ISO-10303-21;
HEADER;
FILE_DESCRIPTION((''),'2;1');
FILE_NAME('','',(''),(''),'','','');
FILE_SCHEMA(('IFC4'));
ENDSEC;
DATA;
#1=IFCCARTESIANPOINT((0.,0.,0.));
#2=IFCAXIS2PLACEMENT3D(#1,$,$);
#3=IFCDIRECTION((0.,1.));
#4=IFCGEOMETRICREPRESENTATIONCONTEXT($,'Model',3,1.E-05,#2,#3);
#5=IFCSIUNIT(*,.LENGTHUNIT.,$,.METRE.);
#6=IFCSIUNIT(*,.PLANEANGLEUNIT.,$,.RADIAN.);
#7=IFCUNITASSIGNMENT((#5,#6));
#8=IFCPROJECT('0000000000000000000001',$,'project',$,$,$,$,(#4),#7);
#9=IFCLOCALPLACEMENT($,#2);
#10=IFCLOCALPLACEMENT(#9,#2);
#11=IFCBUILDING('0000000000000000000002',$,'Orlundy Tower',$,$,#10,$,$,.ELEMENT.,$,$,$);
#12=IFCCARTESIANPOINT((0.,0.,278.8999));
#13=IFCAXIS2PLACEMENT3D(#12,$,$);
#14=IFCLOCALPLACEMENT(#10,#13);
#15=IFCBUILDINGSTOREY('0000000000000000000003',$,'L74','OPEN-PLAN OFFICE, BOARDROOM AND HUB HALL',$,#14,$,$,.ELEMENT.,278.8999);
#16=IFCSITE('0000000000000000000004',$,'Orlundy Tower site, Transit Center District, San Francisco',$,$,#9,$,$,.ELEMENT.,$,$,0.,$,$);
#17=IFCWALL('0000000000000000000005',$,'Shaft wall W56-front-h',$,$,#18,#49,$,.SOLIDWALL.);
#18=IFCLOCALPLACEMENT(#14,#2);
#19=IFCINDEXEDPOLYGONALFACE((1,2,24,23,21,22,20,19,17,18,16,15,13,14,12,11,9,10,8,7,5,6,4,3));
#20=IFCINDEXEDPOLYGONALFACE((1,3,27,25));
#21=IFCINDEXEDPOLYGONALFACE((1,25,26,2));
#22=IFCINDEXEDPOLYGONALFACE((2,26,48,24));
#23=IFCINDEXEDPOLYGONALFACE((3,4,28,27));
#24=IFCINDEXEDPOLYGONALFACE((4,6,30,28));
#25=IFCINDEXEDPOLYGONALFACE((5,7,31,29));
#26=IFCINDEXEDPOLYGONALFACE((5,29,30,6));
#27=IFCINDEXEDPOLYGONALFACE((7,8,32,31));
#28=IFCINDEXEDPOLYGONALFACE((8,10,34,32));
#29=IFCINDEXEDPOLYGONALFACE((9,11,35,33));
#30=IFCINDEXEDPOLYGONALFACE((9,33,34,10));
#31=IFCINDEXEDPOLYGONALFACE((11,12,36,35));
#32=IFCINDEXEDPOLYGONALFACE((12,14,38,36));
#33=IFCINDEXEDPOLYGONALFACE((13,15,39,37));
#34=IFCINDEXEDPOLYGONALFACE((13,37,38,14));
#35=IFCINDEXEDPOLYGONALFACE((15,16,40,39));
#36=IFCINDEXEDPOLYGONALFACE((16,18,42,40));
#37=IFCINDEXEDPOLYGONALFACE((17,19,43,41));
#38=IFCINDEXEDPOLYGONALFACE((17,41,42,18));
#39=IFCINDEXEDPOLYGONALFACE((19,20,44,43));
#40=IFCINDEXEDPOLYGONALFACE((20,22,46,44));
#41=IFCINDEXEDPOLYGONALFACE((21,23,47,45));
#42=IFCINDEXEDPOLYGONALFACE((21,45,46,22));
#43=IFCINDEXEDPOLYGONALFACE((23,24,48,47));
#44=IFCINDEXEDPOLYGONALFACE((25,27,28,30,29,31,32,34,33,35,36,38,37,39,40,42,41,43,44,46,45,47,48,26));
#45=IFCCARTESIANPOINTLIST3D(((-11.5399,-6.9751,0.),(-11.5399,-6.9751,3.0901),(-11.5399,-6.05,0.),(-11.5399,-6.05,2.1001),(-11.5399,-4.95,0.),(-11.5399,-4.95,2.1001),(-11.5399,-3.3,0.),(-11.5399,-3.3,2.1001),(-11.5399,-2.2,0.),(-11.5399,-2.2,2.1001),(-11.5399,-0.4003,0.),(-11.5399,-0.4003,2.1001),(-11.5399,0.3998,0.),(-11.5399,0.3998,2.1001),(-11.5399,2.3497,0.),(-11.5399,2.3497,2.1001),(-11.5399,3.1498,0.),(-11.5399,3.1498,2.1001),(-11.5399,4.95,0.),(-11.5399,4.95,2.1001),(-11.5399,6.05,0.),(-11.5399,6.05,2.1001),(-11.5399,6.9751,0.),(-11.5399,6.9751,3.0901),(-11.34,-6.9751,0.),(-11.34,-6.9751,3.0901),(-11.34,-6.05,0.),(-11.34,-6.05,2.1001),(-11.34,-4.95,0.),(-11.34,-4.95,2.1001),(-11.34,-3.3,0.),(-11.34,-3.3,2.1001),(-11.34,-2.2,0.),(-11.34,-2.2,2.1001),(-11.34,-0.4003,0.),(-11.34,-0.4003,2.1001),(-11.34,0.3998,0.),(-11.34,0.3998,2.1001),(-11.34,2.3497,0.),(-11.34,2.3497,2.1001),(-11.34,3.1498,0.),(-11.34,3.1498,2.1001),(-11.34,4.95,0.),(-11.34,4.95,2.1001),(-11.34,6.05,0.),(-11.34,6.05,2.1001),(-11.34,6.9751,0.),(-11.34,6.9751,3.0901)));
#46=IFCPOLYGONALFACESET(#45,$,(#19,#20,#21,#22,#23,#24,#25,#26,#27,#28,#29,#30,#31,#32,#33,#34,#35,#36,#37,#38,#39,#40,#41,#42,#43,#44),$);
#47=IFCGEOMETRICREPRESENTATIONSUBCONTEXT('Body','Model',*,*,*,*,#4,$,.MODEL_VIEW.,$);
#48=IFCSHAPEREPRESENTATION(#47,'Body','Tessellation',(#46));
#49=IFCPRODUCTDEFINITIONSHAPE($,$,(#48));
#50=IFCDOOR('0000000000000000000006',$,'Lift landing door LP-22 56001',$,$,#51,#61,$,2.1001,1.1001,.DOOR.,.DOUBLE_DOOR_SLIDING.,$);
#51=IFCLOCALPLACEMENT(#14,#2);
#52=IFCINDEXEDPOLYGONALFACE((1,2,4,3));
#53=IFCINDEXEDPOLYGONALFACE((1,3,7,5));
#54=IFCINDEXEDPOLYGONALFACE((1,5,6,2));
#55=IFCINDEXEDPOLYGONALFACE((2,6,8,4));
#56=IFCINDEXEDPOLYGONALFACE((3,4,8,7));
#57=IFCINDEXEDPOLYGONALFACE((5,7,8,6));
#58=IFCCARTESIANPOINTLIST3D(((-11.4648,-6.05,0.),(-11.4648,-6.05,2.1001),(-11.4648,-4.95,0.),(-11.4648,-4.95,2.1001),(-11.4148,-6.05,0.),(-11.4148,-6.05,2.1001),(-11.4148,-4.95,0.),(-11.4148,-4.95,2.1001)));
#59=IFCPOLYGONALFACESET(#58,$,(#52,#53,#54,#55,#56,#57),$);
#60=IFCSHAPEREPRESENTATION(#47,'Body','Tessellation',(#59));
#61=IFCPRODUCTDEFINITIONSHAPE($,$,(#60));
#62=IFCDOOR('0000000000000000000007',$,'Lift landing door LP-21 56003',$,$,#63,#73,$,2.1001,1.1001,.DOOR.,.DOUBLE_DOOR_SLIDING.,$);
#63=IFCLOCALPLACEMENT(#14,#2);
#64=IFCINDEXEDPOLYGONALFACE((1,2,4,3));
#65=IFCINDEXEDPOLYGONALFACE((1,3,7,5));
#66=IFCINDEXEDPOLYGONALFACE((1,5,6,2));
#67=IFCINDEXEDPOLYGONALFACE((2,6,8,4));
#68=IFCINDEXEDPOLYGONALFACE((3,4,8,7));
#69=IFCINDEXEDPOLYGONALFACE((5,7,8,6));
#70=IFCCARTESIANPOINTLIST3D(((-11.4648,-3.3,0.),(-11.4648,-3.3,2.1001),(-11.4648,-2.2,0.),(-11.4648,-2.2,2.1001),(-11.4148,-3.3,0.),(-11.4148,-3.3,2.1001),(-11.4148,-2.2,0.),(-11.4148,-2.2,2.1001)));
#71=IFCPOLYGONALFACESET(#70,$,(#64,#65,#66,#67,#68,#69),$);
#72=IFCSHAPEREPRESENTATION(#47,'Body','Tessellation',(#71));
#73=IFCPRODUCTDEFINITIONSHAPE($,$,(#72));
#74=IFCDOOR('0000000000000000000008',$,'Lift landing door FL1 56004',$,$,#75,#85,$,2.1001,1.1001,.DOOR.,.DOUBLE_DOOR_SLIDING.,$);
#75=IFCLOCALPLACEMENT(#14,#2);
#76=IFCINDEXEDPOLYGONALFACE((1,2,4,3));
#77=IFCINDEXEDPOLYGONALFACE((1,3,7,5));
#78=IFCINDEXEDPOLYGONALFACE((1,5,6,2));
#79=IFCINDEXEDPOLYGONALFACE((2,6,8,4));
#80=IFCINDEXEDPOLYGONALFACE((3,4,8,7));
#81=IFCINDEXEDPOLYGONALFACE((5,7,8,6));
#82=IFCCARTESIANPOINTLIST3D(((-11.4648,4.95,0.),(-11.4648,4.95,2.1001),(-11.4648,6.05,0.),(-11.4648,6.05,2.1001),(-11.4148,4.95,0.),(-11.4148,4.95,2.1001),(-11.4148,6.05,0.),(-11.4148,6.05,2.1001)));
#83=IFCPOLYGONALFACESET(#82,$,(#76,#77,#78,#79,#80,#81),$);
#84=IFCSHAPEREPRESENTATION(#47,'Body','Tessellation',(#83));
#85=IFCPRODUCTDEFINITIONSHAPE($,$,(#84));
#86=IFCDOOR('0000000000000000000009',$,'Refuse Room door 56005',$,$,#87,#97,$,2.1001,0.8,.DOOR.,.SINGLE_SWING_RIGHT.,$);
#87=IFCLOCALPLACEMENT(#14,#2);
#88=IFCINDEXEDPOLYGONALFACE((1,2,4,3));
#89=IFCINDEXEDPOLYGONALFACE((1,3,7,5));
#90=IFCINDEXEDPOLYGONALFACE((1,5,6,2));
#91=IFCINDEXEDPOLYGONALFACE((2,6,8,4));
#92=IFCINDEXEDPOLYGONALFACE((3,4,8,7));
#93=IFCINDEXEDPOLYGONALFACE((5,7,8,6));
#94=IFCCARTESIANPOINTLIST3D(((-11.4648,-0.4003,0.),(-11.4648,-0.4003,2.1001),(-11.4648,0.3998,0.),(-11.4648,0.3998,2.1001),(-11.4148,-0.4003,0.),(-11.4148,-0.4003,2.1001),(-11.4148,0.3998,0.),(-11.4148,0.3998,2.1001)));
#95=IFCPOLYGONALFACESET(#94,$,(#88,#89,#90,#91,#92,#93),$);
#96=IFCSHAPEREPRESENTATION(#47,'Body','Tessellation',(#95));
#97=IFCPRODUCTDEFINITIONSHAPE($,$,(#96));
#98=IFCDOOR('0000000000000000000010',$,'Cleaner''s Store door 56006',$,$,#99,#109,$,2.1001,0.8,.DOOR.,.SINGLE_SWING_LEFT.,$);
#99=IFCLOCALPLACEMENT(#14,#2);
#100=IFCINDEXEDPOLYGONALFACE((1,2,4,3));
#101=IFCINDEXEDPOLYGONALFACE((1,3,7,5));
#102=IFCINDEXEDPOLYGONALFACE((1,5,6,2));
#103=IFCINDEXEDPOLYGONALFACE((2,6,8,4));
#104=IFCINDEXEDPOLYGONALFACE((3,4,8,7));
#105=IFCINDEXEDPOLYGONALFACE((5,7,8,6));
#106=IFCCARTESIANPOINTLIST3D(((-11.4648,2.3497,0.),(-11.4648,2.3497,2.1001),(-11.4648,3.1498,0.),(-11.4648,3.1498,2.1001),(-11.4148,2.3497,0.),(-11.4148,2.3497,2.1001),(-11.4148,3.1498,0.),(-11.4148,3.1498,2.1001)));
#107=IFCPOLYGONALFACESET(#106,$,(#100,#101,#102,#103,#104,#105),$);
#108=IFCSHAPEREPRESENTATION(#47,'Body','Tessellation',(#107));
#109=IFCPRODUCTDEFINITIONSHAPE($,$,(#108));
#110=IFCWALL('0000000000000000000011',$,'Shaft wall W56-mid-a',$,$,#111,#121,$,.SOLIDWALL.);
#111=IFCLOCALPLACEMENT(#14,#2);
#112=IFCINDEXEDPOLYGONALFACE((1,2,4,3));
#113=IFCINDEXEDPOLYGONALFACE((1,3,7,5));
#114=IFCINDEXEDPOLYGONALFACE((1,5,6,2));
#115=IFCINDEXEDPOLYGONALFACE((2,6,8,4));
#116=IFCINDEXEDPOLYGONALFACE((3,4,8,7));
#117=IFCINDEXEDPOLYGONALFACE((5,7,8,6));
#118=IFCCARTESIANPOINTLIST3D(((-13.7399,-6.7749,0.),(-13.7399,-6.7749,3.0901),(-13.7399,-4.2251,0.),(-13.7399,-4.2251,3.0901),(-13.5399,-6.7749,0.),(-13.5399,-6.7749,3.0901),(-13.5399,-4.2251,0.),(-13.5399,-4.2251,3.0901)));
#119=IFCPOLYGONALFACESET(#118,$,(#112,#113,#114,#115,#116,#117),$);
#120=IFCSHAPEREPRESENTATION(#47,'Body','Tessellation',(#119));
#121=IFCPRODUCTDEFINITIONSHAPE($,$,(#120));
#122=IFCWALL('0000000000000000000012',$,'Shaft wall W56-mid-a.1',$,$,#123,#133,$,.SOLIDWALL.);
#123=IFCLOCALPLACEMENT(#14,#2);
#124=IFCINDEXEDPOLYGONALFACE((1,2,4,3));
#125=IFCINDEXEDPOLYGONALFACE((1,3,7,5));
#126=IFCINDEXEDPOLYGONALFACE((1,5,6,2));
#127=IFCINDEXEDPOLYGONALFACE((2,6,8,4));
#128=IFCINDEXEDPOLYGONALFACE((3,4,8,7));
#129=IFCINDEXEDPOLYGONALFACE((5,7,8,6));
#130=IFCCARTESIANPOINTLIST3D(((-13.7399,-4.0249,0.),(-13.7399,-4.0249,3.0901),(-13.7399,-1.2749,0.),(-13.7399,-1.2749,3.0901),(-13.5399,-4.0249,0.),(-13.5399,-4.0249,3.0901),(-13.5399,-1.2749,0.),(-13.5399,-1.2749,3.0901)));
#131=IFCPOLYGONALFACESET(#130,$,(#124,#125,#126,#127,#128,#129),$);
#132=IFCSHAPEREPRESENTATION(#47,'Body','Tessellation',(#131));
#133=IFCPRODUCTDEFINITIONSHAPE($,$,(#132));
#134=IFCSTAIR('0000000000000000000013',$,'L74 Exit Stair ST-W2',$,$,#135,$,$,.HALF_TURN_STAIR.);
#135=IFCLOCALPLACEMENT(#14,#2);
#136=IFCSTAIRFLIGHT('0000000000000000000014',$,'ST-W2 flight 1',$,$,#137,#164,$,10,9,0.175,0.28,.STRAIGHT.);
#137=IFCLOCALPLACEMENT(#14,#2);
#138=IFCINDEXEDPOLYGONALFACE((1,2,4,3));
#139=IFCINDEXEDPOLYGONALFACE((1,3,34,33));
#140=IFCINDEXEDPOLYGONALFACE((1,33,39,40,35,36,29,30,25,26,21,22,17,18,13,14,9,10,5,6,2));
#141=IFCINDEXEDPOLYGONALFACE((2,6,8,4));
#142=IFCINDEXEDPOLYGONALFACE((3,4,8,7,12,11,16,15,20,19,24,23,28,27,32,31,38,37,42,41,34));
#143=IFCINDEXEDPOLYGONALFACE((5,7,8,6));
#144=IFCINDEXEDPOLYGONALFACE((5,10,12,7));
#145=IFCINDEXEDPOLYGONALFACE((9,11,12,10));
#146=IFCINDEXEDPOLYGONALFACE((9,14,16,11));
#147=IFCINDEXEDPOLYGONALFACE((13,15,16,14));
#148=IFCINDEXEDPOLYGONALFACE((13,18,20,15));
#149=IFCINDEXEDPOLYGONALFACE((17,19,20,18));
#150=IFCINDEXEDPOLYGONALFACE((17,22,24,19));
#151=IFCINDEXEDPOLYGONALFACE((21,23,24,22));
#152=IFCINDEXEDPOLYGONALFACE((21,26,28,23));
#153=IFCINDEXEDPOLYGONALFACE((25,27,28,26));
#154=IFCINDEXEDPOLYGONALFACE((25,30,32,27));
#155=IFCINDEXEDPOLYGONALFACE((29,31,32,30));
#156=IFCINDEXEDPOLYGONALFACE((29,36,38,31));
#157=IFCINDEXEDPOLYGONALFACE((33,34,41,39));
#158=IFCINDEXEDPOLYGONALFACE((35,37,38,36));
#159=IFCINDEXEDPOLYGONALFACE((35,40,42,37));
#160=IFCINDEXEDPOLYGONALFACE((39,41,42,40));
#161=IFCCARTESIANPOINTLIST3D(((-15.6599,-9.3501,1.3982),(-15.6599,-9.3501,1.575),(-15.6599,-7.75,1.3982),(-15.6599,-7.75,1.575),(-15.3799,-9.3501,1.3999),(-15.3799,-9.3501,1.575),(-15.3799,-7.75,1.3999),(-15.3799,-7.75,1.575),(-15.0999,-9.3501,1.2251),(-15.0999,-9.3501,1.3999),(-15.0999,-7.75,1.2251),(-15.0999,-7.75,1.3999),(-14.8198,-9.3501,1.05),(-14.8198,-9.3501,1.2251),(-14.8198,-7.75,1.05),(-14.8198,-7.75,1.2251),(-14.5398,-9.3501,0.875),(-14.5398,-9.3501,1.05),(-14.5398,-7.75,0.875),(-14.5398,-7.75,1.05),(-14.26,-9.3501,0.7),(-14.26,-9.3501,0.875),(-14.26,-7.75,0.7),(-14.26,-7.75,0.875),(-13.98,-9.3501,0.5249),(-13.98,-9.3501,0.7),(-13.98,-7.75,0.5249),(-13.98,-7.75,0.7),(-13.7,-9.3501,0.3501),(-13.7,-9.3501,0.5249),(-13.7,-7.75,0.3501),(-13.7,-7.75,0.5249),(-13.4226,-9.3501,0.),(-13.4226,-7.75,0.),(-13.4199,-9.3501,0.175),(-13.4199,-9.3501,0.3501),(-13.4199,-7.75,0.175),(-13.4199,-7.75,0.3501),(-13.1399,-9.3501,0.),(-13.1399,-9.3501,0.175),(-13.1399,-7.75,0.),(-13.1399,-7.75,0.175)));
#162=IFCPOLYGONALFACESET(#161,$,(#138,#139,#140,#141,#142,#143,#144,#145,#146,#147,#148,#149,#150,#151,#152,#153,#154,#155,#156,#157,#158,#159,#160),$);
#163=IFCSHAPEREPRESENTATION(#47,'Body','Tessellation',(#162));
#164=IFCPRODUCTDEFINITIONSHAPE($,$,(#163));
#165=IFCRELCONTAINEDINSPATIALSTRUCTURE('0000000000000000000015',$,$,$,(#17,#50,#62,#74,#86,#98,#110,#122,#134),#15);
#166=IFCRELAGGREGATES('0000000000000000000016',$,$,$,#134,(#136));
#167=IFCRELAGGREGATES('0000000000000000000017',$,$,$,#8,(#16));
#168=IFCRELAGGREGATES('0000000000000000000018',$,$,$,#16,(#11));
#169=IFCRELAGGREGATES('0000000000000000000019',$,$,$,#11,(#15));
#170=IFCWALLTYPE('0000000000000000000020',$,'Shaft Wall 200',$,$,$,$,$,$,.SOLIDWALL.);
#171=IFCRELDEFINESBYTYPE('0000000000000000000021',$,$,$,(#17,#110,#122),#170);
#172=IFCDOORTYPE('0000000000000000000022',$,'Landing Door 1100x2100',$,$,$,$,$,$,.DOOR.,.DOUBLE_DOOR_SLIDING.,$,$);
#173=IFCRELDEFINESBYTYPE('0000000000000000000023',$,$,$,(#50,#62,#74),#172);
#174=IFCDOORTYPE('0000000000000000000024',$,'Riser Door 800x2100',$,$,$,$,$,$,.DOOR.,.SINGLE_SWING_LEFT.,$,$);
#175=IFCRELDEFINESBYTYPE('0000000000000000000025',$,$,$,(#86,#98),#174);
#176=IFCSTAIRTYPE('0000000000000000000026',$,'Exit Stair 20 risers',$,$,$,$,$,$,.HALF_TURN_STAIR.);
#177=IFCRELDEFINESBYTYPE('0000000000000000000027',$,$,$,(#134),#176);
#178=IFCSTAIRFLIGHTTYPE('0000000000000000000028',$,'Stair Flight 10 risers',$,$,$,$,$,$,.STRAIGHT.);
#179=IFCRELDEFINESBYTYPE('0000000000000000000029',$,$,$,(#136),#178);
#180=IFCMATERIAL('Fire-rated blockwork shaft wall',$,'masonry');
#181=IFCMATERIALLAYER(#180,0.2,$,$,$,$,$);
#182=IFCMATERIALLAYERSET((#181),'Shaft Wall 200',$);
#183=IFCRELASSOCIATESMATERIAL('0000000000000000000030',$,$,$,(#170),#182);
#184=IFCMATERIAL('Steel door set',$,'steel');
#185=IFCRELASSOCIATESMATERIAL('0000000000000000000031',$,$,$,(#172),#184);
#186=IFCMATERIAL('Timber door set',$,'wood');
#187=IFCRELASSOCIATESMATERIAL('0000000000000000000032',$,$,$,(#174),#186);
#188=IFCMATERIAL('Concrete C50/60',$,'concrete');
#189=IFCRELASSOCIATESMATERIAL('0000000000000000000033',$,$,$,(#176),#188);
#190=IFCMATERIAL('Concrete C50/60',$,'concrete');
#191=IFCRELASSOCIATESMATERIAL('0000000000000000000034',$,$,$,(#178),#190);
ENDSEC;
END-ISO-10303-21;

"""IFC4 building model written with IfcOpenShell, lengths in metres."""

from ifc_helpers import new_model, si_unit, direction, frame, frame_2d, origin, place, context, subcontext, project, spatial, polyline, rectangle, outline, extrude, material, layer, layer_set, type_object, element, fill, aggregate, save


model = new_model("IFC4")

# Units and contexts
model_context = context("Model", 3, precision=1e-05, world=origin(), true_north=direction((0.0, 1.0)))
body_context = subcontext(model_context, "Body", "Model", "MODEL_VIEW")
ifc_project = project(units=[si_unit("LENGTHUNIT", "METRE"), si_unit("PLANEANGLEUNIT", "RADIAN")], contexts=[model_context])

# Site, building, storey
site_placement = place(None, origin())
site = spatial("IfcSite", under=ifc_project, at=site_placement, Name="Orlundy Tower site, Transit Center District, San Francisco", CompositionType="ELEMENT", RefElevation=0.0)
building_placement = place(site_placement, origin())
building = spatial("IfcBuilding", under=site, at=building_placement, Name="Orlundy Tower", CompositionType="ELEMENT")
storey_placement = place(building_placement, frame((0.0, 0.0, 278.8999)))
storey = spatial("IfcBuildingStorey", under=building, at=storey_placement, Name="L74", Description="OPEN-PLAN OFFICE, BOARDROOM AND HUB HALL", CompositionType="ELEMENT", Elevation=278.8999)

# Shared definitions
ifc_material_1 = material(Name="Fire-rated blockwork shaft wall", Category="masonry")
ifc_layer_1 = layer(ifc_material_1, 0.2)
ifc_layer_set_1 = layer_set([ifc_layer_1], Name="Shaft Wall 200")
wall_type_1 = type_object("IfcWallType", Name="Shaft Wall 200", PredefinedType="SOLIDWALL", material=ifc_layer_set_1)

# Wall, openings, doors
wall_1_placement = place(storey_placement, frame((-11.4399, -6.9751, 0.0), z_axis=(0.0, 0.0, 1.0), x_axis=(0.0, 1.0, 0.0)))
wall_1 = element("IfcWall", 1, at=wall_1_placement, inside=storey, type_object=wall_type_1, Name="Shaft wall W56-front-h", PredefinedType="SOLIDWALL", context=body_context, shape_type="SweptSolid", body=[
    extrude(rectangle(XDim=13.9502, YDim=0.2, at=frame_2d((6.9751, 0.0))), origin(), (0.0, 0.0, 1.0), 3.0901),
])
opening_1_placement = place(wall_1_placement, frame((0.925, 0.0, 0.0)))
opening_1 = element("IfcOpeningElement", 2, at=opening_1_placement, cuts=wall_1, PredefinedType="OPENING", context=body_context, shape_type="SweptSolid", body=[
    extrude(rectangle(XDim=1.1001, YDim=2.1001, at=frame_2d((0.55, 1.05))), frame((0.0, 0.1101, 0.0), z_axis=(0.0, -1.0, 0.0), x_axis=(1.0, 0.0, 0.0)), (0.0, 0.0, 1.0), 0.2202),
])
opening_2_placement = place(wall_1_placement, frame((3.675, 0.0, 0.0)))
opening_2 = element("IfcOpeningElement", 3, at=opening_2_placement, cuts=wall_1, PredefinedType="OPENING", context=body_context, shape_type="SweptSolid", body=[
    extrude(rectangle(XDim=1.1001, YDim=2.1001, at=frame_2d((0.55, 1.05))), frame((0.0, 0.1101, 0.0), z_axis=(0.0, -1.0, 0.0), x_axis=(1.0, 0.0, 0.0)), (0.0, 0.0, 1.0), 0.2202),
])
opening_3_placement = place(wall_1_placement, frame((11.925, 0.0, 0.0)))
opening_3 = element("IfcOpeningElement", 4, at=opening_3_placement, cuts=wall_1, PredefinedType="OPENING", context=body_context, shape_type="SweptSolid", body=[
    extrude(rectangle(XDim=1.1001, YDim=2.1001, at=frame_2d((0.55, 1.05))), frame((0.0, 0.1101, 0.0), z_axis=(0.0, -1.0, 0.0), x_axis=(1.0, 0.0, 0.0)), (0.0, 0.0, 1.0), 0.2202),
])
opening_4_placement = place(wall_1_placement, frame((6.575, 0.0, 0.0)))
opening_4 = element("IfcOpeningElement", 5, at=opening_4_placement, cuts=wall_1, PredefinedType="OPENING", context=body_context, shape_type="SweptSolid", body=[
    extrude(rectangle(XDim=0.8, YDim=2.1001, at=frame_2d((0.3999, 1.05))), frame((0.0, 0.1101, 0.0), z_axis=(0.0, -1.0, 0.0), x_axis=(1.0, 0.0, 0.0)), (0.0, 0.0, 1.0), 0.2202),
])
opening_5_placement = place(wall_1_placement, frame((9.325, 0.0, 0.0)))
opening_5 = element("IfcOpeningElement", 6, at=opening_5_placement, cuts=wall_1, PredefinedType="OPENING", context=body_context, shape_type="SweptSolid", body=[
    extrude(rectangle(XDim=0.8, YDim=2.1001, at=frame_2d((0.3999, 1.05))), frame((0.0, 0.1101, 0.0), z_axis=(0.0, -1.0, 0.0), x_axis=(1.0, 0.0, 0.0)), (0.0, 0.0, 1.0), 0.2202),
])
ifc_material_2 = material(Name="Steel door set", Category="steel")
door_type_1 = type_object("IfcDoorType", Name="Landing Door 1100x2100", OperationType="DOUBLE_DOOR_SLIDING", PredefinedType="DOOR", material=ifc_material_2)
door_1_placement = place(opening_1_placement, origin())
door_1 = element("IfcDoor", 7, at=door_1_placement, inside=storey, type_object=door_type_1, Name="Lift landing door LP-22 56001", OperationType="DOUBLE_DOOR_SLIDING", OverallHeight=2.1001, OverallWidth=1.1001, PredefinedType="DOOR", context=body_context, shape_type="SweptSolid", body=[
    extrude(rectangle(XDim=1.1001, YDim=2.1001, at=frame_2d((0.55, 1.05))), frame((0.0, 0.0249, 0.0), z_axis=(0.0, -1.0, 0.0), x_axis=(1.0, 0.0, 0.0)), (0.0, 0.0, 1.0), 0.05),
])
fill(opening_1, door_1)
door_2_placement = place(opening_2_placement, origin())
door_2 = element("IfcDoor", 8, at=door_2_placement, inside=storey, type_object=door_type_1, Name="Lift landing door LP-21 56003", OperationType="DOUBLE_DOOR_SLIDING", OverallHeight=2.1001, OverallWidth=1.1001, PredefinedType="DOOR", context=body_context, shape_type="SweptSolid", body=[
    extrude(rectangle(XDim=1.1001, YDim=2.1001, at=frame_2d((0.55, 1.05))), frame((0.0, 0.0249, 0.0), z_axis=(0.0, -1.0, 0.0), x_axis=(1.0, 0.0, 0.0)), (0.0, 0.0, 1.0), 0.05),
])
fill(opening_2, door_2)
door_3_placement = place(opening_3_placement, origin())
door_3 = element("IfcDoor", 9, at=door_3_placement, inside=storey, type_object=door_type_1, Name="Lift landing door FL1 56004", OperationType="DOUBLE_DOOR_SLIDING", OverallHeight=2.1001, OverallWidth=1.1001, PredefinedType="DOOR", context=body_context, shape_type="SweptSolid", body=[
    extrude(rectangle(XDim=1.1001, YDim=2.1001, at=frame_2d((0.55, 1.05))), frame((0.0, 0.0249, 0.0), z_axis=(0.0, -1.0, 0.0), x_axis=(1.0, 0.0, 0.0)), (0.0, 0.0, 1.0), 0.05),
])
fill(opening_3, door_3)
ifc_material_3 = material(Name="Timber door set", Category="wood")
door_type_2 = type_object("IfcDoorType", Name="Riser Door 800x2100", OperationType="SINGLE_SWING_LEFT", PredefinedType="DOOR", material=ifc_material_3)
door_4_placement = place(opening_4_placement, origin())
door_4 = element("IfcDoor", 10, at=door_4_placement, inside=storey, type_object=door_type_2, Name="Refuse Room door 56005", OperationType="SINGLE_SWING_RIGHT", OverallHeight=2.1001, OverallWidth=0.8, PredefinedType="DOOR", context=body_context, shape_type="SweptSolid", body=[
    extrude(rectangle(XDim=0.8, YDim=2.1001, at=frame_2d((0.3999, 1.05))), frame((0.0, 0.0249, 0.0), z_axis=(0.0, -1.0, 0.0), x_axis=(1.0, 0.0, 0.0)), (0.0, 0.0, 1.0), 0.05),
])
fill(opening_4, door_4)
door_5_placement = place(opening_5_placement, origin())
door_5 = element("IfcDoor", 11, at=door_5_placement, inside=storey, type_object=door_type_2, Name="Cleaner's Store door 56006", OperationType="SINGLE_SWING_LEFT", OverallHeight=2.1001, OverallWidth=0.8, PredefinedType="DOOR", context=body_context, shape_type="SweptSolid", body=[
    extrude(rectangle(XDim=0.8, YDim=2.1001, at=frame_2d((0.3999, 1.05))), frame((0.0, 0.0249, 0.0), z_axis=(0.0, -1.0, 0.0), x_axis=(1.0, 0.0, 0.0)), (0.0, 0.0, 1.0), 0.05),
])
fill(opening_5, door_5)

# Walls
wall_2_placement = place(storey_placement, frame((-13.6399, -6.7749, 0.0), z_axis=(0.0, 0.0, 1.0), x_axis=(0.0, 1.0, 0.0)))
element("IfcWall", 12, at=wall_2_placement, inside=storey, type_object=wall_type_1, Name="Shaft wall W56-mid-a", PredefinedType="SOLIDWALL", context=body_context, shape_type="SweptSolid", body=[
    extrude(rectangle(XDim=2.5498, YDim=0.2, at=frame_2d((1.2749, 0.0))), origin(), (0.0, 0.0, 1.0), 3.0901),
])
wall_3_placement = place(storey_placement, frame((-13.6399, -4.0249, 0.0), z_axis=(0.0, 0.0, 1.0), x_axis=(0.0, 1.0, 0.0)))
element("IfcWall", 13, at=wall_3_placement, inside=storey, type_object=wall_type_1, Name="Shaft wall W56-mid-a.1", PredefinedType="SOLIDWALL", context=body_context, shape_type="SweptSolid", body=[
    extrude(rectangle(XDim=2.75, YDim=0.2, at=frame_2d((1.375, 0.0))), origin(), (0.0, 0.0, 1.0), 3.0901),
])

# Stair, stair flight
ifc_material_4 = material(Name="Concrete C50/60", Category="concrete")
stair_type = type_object("IfcStairType", Name="Exit Stair 20 risers", PredefinedType="HALF_TURN_STAIR", material=ifc_material_4)
stair_placement = place(storey_placement, origin())
stair = element("IfcStair", 14, at=stair_placement, inside=storey, type_object=stair_type, Name="L74 Exit Stair ST-W2", PredefinedType="HALF_TURN_STAIR")
ifc_material_5 = material(Name="Concrete C50/60", Category="concrete")
stair_flight_type = type_object("IfcStairFlightType", Name="Stair Flight 10 risers", PredefinedType="STRAIGHT", material=ifc_material_5)
stair_flight_placement = place(storey_placement, frame((-13.1399, -8.55, 0.0), z_axis=(0.0, 0.0, 1.0), x_axis=(-1.0, 0.0, 0.0)))
stair_flight = element("IfcStairFlight", 15, at=stair_flight_placement, type_object=stair_flight_type, Name="ST-W2 flight 1", NumberOfRisers=10, NumberOfTreads=9, PredefinedType="STRAIGHT", RiserHeight=0.175, TreadLength=0.28, context=body_context, shape_type="SweptSolid", body=[
    extrude(outline(polyline([(0.0, 0.0), (0.0, 0.175), (0.28, 0.175), (0.28, 0.3501), (0.5601, 0.3501), (0.5601, 0.5249), (0.8401, 0.5249), (0.8401, 0.7), (1.1201, 0.7), (1.1201, 0.875), (1.3999, 0.875), (1.3999, 1.05), (1.6799, 1.05), (1.6799, 1.2251), (1.96, 1.2251), (1.96, 1.3999), (2.24, 1.3999), (2.24, 1.575), (2.52, 1.575), (2.52, 1.75), (2.52, 1.3982), (0.2827, 0.0), (0.0, 0.0)])), frame((0.0, 0.8, 0.0), z_axis=(0.0, -1.0, 0.0), x_axis=(1.0, 0.0, 0.0)), (0.0, 0.0, 1.0), 1.6001),
])
aggregate(stair, [stair_flight])

save(model, "model.ifc")
